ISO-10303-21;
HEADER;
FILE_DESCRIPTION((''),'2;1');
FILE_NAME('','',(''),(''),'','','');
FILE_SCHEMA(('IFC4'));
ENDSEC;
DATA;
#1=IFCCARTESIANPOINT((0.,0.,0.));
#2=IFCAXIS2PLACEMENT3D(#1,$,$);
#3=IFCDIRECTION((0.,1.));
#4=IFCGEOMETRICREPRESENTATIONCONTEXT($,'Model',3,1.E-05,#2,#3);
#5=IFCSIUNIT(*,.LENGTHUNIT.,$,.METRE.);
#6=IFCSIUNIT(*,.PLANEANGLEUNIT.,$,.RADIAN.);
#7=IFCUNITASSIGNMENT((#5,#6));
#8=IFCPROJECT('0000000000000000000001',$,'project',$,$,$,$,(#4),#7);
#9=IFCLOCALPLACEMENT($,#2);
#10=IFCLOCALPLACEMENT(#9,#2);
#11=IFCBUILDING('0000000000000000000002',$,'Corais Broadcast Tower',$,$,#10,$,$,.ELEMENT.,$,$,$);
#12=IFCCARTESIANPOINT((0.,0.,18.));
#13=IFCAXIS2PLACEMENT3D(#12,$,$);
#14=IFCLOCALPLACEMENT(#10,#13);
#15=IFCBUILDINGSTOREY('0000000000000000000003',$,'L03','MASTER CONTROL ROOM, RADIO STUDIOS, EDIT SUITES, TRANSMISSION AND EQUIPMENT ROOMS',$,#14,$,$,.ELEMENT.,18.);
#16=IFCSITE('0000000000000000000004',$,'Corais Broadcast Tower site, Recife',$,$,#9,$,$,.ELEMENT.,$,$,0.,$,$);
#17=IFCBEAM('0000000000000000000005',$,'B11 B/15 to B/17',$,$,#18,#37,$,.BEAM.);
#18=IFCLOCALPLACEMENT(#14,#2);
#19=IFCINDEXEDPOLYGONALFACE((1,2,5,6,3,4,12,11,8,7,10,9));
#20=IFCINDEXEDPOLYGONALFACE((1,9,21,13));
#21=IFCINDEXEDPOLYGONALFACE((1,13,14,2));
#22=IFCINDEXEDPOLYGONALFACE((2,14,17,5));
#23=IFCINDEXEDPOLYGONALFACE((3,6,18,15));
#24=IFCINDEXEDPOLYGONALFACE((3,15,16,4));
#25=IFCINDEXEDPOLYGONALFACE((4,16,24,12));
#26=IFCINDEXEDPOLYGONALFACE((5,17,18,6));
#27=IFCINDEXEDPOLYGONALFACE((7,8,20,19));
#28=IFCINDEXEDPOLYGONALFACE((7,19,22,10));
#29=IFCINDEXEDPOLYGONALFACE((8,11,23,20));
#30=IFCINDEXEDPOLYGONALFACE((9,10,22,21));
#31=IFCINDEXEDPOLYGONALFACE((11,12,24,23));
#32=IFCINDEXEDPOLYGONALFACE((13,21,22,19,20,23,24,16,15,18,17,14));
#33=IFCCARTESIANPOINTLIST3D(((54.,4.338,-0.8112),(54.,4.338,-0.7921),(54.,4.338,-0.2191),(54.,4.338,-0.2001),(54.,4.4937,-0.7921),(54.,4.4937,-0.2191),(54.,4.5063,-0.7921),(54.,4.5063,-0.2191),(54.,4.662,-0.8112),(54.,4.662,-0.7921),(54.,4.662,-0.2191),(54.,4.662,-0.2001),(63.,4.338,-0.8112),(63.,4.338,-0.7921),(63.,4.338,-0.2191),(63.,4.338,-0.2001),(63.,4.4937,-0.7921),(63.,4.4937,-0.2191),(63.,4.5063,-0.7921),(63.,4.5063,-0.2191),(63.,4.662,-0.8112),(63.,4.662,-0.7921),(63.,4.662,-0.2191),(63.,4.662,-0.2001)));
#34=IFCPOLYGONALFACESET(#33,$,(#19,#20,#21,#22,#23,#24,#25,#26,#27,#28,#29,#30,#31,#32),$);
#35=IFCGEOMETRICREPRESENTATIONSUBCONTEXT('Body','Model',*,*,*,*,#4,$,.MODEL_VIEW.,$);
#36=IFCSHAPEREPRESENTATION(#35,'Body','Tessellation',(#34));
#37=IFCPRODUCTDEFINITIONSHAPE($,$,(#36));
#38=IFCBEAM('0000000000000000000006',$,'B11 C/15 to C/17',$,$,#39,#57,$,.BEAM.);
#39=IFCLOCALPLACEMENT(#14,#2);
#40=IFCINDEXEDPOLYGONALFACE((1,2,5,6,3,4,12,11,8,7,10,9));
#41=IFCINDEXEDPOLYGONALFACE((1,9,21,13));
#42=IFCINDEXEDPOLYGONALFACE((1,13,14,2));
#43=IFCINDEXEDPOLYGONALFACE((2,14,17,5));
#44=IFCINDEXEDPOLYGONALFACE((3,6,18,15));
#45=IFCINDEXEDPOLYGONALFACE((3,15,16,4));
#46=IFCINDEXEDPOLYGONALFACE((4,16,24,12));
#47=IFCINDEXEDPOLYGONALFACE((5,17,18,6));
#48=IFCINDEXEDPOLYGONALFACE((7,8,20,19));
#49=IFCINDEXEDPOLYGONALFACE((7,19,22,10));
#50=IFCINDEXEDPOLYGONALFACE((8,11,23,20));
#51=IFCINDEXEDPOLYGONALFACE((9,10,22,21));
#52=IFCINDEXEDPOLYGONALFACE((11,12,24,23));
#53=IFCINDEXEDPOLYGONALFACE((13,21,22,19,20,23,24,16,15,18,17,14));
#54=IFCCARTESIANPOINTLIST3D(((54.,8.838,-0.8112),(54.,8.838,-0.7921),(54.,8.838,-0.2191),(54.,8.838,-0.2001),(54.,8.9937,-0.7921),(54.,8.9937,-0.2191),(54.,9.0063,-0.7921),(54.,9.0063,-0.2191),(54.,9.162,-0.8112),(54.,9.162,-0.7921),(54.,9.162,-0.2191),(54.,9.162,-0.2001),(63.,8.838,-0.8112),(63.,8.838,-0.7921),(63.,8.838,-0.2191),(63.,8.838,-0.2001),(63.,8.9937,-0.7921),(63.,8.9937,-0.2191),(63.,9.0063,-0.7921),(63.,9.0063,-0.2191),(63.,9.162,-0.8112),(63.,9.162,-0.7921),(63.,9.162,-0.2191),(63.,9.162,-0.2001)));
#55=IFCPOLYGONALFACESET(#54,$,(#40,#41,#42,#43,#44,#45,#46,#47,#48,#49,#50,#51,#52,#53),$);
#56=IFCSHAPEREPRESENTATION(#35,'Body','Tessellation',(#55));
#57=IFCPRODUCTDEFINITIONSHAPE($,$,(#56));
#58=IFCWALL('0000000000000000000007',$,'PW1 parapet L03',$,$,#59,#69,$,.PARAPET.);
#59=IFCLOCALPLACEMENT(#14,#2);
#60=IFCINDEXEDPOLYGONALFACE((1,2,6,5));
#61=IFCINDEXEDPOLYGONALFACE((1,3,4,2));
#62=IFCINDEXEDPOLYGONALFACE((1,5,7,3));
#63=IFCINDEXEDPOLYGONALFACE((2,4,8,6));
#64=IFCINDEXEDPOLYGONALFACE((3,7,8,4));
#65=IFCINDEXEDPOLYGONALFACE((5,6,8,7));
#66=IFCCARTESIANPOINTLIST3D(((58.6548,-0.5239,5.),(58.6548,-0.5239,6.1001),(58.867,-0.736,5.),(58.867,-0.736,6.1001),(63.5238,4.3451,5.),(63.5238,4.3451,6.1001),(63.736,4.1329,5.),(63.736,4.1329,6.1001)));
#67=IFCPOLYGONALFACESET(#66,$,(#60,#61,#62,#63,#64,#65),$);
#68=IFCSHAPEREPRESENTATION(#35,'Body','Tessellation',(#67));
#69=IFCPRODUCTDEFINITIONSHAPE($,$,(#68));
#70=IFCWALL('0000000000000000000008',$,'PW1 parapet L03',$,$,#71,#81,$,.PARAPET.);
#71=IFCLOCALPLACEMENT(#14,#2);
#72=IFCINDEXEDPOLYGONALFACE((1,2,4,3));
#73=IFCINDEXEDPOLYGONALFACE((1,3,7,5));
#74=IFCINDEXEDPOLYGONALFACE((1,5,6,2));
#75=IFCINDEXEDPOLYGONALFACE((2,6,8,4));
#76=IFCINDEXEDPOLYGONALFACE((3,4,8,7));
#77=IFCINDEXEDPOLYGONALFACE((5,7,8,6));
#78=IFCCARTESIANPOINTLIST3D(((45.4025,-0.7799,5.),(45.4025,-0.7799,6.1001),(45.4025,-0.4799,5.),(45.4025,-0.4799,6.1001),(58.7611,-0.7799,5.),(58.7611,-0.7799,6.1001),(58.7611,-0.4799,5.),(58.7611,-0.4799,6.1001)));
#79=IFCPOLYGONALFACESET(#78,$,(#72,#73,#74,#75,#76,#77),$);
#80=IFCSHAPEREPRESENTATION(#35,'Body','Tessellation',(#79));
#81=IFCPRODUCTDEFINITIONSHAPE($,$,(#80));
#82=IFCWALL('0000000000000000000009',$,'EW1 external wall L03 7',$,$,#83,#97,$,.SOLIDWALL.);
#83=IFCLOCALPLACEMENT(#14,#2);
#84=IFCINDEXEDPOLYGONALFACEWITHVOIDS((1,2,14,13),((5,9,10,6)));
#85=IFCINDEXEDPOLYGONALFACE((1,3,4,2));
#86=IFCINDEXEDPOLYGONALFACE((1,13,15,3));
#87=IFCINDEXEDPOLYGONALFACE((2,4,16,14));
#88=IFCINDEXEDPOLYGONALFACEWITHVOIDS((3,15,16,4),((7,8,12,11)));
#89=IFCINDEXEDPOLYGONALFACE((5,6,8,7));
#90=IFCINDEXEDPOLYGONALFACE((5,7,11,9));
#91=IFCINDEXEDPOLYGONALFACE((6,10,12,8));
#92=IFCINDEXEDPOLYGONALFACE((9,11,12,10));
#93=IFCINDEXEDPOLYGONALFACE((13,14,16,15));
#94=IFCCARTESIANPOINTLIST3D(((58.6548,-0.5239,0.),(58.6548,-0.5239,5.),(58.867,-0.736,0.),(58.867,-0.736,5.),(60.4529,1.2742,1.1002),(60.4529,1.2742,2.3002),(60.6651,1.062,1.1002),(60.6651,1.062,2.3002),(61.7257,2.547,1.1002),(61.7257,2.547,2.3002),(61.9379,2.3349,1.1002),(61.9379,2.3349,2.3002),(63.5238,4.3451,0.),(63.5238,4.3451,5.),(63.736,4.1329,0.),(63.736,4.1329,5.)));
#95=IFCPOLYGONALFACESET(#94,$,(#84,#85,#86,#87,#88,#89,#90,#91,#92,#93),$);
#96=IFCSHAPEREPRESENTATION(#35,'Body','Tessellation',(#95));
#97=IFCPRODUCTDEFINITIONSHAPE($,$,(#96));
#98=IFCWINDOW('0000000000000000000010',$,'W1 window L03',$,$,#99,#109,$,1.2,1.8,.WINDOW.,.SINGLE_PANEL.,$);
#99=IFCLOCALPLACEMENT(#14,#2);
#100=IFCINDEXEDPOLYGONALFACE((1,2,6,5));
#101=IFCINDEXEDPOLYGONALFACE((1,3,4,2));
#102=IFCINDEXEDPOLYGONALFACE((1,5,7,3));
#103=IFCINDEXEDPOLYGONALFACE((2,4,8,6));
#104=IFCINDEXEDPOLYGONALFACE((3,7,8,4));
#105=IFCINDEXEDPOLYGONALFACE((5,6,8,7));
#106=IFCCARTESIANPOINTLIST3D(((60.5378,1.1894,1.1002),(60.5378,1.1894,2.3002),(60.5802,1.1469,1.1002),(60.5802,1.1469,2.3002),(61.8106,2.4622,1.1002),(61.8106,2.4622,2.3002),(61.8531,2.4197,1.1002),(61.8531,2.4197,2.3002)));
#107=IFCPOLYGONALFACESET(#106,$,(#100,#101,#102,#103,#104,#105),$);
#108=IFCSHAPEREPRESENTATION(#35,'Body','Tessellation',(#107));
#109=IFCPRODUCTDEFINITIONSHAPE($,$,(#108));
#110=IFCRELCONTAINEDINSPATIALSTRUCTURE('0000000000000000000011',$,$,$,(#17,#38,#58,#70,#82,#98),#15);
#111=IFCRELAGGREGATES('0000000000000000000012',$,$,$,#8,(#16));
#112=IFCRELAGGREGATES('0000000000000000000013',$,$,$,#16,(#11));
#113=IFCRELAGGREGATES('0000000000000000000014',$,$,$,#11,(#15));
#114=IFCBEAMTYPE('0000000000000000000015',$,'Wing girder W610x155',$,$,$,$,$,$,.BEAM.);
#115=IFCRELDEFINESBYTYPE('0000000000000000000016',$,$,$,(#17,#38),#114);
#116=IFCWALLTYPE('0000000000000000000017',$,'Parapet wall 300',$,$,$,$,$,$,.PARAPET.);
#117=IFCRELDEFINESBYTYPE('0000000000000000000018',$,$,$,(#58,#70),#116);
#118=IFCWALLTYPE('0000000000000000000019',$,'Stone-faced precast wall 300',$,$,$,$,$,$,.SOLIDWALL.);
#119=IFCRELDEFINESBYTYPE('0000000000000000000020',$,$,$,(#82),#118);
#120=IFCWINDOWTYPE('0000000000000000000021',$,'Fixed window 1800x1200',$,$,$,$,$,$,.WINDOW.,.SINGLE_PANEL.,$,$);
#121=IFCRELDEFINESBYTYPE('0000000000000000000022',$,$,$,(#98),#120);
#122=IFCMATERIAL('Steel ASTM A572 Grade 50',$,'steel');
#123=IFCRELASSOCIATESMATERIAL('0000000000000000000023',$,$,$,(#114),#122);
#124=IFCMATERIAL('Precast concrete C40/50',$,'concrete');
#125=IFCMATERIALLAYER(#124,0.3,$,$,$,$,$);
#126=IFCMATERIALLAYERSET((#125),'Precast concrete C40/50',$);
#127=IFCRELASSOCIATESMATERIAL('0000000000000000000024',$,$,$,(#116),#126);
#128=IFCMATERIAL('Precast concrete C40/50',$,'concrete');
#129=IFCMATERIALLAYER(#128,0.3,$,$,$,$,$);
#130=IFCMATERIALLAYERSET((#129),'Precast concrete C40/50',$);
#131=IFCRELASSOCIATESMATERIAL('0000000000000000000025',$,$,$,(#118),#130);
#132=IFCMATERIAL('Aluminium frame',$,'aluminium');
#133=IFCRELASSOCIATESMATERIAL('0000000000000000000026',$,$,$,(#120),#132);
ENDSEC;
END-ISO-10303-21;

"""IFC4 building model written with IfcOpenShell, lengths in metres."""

from ifc_helpers import new_model, si_unit, direction, frame, frame_2d, origin, origin_2d, place, context, subcontext, project, spatial, rectangle, i_section, extrude, material, layer, layer_set, material_profile, profile_set, type_object, element, fill, save


model = new_model("IFC4")

# Units and contexts
model_context = context("Model", 3, precision=1e-05, world=origin(), true_north=direction((0.0, 1.0)))
body_context = subcontext(model_context, "Body", "Model", "MODEL_VIEW")
ifc_project = project(units=[si_unit("LENGTHUNIT", "METRE"), si_unit("PLANEANGLEUNIT", "RADIAN")], contexts=[model_context])

# Site, building, storey
site_placement = place(None, origin())
site = spatial("IfcSite", under=ifc_project, at=site_placement, Name="Corais Broadcast Tower site, Recife", CompositionType="ELEMENT", RefElevation=0.0)
building_placement = place(site_placement, origin())
building = spatial("IfcBuilding", under=site, at=building_placement, Name="Corais Broadcast Tower", CompositionType="ELEMENT")
storey_placement = place(building_placement, frame((0.0, 0.0, 18.0)))
storey = spatial("IfcBuildingStorey", under=building, at=storey_placement, Name="L03", Description="MASTER CONTROL ROOM, RADIO STUDIOS, EDIT SUITES, TRANSMISSION AND EQUIPMENT ROOMS", CompositionType="ELEMENT", Elevation=18.0)

# Beams
ifc_material_1 = material(Name="Steel ASTM A572 Grade 50", Category="steel")
ifc_material_profile_1 = material_profile(ifc_material_1, i_section(OverallWidth=0.324, OverallDepth=0.6111, WebThickness=0.0127, FlangeThickness=0.019, at=origin_2d()), Name="W610x155")
ifc_profile_set_1 = profile_set([ifc_material_profile_1], Name="Steel ASTM A572 Grade 50")
beam_type_1 = type_object("IfcBeamType", Name="Wing girder W610x155", PredefinedType="BEAM", material=ifc_profile_set_1)
for number, where, z_axis, x_axis, name in (
    (1, (54.0, 4.5, -0.5056), (1.0, 0.0, 0.0), (0.0, 1.0, 0.0), "B11 B/15 to B/17"),
    (2, (54.0, 9.0, -0.5056), (1.0, 0.0, 0.0), (0.0, 1.0, 0.0), "B11 C/15 to C/17"),
):
    element("IfcBeam", number, at=place(storey_placement, frame(where, z_axis=z_axis, x_axis=x_axis)), inside=storey, type_object=beam_type_1, Name=name, PredefinedType="BEAM", context=body_context, shape_type="SweptSolid", body=[
        extrude(i_section(OverallWidth=0.324, OverallDepth=0.6111, WebThickness=0.0127, FlangeThickness=0.019, at=origin_2d()), origin(), (0.0, 0.0, 1.0), 9.0),
    ])

# Walls
ifc_material_2 = material(Name="Precast concrete C40/50", Category="concrete")
ifc_layer_1 = layer(ifc_material_2, 0.3)
ifc_layer_set_1 = layer_set([ifc_layer_1], Name="Precast concrete C40/50")
wall_type_1 = type_object("IfcWallType", Name="Parapet wall 300", PredefinedType="PARAPET", material=ifc_layer_set_1)
wall_1_placement = place(storey_placement, frame((63.6299, 4.239, 5.0), z_axis=(0.0, 0.0, 1.0), x_axis=(-0.707107, -0.707107, 0.0)))
element("IfcWall", 3, at=wall_1_placement, inside=storey, type_object=wall_type_1, Name="PW1 parapet L03", PredefinedType="PARAPET", context=body_context, shape_type="SweptSolid", body=[
    extrude(rectangle(XDim=6.8857, YDim=0.3, at=frame_2d((3.4429, 0.0))), origin(), (0.0, 0.0, 1.0), 1.1001),
])
wall_2_placement = place(storey_placement, frame((58.761, -0.6299, 5.0), z_axis=(0.0, 0.0, 1.0), x_axis=(-1.0, 0.0, 0.0)))
element("IfcWall", 4, at=wall_2_placement, inside=storey, type_object=wall_type_1, Name="PW1 parapet L03", PredefinedType="PARAPET", context=body_context, shape_type="SweptSolid", body=[
    extrude(rectangle(XDim=13.3586, YDim=0.3, at=frame_2d((6.6792, 0.0))), origin(), (0.0, 0.0, 1.0), 1.1001),
])

# Wall, opening, window
ifc_material_3 = material(Name="Precast concrete C40/50", Category="concrete")
ifc_layer_2 = layer(ifc_material_3, 0.3)
ifc_layer_set_2 = layer_set([ifc_layer_2], Name="Precast concrete C40/50")
wall_type_2 = type_object("IfcWallType", Name="Stone-faced precast wall 300", PredefinedType="SOLIDWALL", material=ifc_layer_set_2)
wall_3_placement = place(storey_placement, frame((63.6299, 4.239, 0.0), z_axis=(0.0, 0.0, 1.0), x_axis=(-0.707107, -0.707107, 0.0)))
wall_3 = element("IfcWall", 5, at=wall_3_placement, inside=storey, type_object=wall_type_2, Name="EW1 external wall L03 7", PredefinedType="SOLIDWALL", context=body_context, shape_type="SweptSolid", body=[
    extrude(rectangle(XDim=6.8857, YDim=0.3, at=frame_2d((3.4429, 0.0))), origin(), (0.0, 0.0, 1.0), 5.0),
])
opening_1_placement = place(wall_3_placement, frame((2.543, 0.0, 1.1001)))
opening_1 = element("IfcOpeningElement", 6, at=opening_1_placement, cuts=wall_3, PredefinedType="OPENING", context=body_context, shape_type="SweptSolid", body=[
    extrude(rectangle(XDim=1.8, YDim=1.2, at=frame_2d((0.8999, 0.6001))), frame((0.0, 0.1599, 0.0), z_axis=(0.0, -1.0, 0.0), x_axis=(1.0, 0.0, 0.0)), (0.0, 0.0, 1.0), 0.3201),
])
ifc_material_4 = material(Name="Aluminium frame", Category="aluminium")
window_type = type_object("IfcWindowType", Name="Fixed window 1800x1200", PartitioningType="SINGLE_PANEL", PredefinedType="WINDOW", material=ifc_material_4)
window_1_placement = place(opening_1_placement, origin())
window_1 = element("IfcWindow", 7, at=window_1_placement, inside=storey, type_object=window_type, Name="W1 window L03", OverallHeight=1.2, OverallWidth=1.8, PartitioningType="SINGLE_PANEL", PredefinedType="WINDOW", context=body_context, shape_type="SweptSolid", body=[
    extrude(rectangle(XDim=1.8, YDim=1.2, at=frame_2d((0.8999, 0.6001))), frame((0.0, 0.03, 0.0), z_axis=(0.0, -1.0, 0.0), x_axis=(1.0, 0.0, 0.0)), (0.0, 0.0, 1.0), 0.0601),
])
fill(opening_1, window_1)

save(model, "model.ifc")
